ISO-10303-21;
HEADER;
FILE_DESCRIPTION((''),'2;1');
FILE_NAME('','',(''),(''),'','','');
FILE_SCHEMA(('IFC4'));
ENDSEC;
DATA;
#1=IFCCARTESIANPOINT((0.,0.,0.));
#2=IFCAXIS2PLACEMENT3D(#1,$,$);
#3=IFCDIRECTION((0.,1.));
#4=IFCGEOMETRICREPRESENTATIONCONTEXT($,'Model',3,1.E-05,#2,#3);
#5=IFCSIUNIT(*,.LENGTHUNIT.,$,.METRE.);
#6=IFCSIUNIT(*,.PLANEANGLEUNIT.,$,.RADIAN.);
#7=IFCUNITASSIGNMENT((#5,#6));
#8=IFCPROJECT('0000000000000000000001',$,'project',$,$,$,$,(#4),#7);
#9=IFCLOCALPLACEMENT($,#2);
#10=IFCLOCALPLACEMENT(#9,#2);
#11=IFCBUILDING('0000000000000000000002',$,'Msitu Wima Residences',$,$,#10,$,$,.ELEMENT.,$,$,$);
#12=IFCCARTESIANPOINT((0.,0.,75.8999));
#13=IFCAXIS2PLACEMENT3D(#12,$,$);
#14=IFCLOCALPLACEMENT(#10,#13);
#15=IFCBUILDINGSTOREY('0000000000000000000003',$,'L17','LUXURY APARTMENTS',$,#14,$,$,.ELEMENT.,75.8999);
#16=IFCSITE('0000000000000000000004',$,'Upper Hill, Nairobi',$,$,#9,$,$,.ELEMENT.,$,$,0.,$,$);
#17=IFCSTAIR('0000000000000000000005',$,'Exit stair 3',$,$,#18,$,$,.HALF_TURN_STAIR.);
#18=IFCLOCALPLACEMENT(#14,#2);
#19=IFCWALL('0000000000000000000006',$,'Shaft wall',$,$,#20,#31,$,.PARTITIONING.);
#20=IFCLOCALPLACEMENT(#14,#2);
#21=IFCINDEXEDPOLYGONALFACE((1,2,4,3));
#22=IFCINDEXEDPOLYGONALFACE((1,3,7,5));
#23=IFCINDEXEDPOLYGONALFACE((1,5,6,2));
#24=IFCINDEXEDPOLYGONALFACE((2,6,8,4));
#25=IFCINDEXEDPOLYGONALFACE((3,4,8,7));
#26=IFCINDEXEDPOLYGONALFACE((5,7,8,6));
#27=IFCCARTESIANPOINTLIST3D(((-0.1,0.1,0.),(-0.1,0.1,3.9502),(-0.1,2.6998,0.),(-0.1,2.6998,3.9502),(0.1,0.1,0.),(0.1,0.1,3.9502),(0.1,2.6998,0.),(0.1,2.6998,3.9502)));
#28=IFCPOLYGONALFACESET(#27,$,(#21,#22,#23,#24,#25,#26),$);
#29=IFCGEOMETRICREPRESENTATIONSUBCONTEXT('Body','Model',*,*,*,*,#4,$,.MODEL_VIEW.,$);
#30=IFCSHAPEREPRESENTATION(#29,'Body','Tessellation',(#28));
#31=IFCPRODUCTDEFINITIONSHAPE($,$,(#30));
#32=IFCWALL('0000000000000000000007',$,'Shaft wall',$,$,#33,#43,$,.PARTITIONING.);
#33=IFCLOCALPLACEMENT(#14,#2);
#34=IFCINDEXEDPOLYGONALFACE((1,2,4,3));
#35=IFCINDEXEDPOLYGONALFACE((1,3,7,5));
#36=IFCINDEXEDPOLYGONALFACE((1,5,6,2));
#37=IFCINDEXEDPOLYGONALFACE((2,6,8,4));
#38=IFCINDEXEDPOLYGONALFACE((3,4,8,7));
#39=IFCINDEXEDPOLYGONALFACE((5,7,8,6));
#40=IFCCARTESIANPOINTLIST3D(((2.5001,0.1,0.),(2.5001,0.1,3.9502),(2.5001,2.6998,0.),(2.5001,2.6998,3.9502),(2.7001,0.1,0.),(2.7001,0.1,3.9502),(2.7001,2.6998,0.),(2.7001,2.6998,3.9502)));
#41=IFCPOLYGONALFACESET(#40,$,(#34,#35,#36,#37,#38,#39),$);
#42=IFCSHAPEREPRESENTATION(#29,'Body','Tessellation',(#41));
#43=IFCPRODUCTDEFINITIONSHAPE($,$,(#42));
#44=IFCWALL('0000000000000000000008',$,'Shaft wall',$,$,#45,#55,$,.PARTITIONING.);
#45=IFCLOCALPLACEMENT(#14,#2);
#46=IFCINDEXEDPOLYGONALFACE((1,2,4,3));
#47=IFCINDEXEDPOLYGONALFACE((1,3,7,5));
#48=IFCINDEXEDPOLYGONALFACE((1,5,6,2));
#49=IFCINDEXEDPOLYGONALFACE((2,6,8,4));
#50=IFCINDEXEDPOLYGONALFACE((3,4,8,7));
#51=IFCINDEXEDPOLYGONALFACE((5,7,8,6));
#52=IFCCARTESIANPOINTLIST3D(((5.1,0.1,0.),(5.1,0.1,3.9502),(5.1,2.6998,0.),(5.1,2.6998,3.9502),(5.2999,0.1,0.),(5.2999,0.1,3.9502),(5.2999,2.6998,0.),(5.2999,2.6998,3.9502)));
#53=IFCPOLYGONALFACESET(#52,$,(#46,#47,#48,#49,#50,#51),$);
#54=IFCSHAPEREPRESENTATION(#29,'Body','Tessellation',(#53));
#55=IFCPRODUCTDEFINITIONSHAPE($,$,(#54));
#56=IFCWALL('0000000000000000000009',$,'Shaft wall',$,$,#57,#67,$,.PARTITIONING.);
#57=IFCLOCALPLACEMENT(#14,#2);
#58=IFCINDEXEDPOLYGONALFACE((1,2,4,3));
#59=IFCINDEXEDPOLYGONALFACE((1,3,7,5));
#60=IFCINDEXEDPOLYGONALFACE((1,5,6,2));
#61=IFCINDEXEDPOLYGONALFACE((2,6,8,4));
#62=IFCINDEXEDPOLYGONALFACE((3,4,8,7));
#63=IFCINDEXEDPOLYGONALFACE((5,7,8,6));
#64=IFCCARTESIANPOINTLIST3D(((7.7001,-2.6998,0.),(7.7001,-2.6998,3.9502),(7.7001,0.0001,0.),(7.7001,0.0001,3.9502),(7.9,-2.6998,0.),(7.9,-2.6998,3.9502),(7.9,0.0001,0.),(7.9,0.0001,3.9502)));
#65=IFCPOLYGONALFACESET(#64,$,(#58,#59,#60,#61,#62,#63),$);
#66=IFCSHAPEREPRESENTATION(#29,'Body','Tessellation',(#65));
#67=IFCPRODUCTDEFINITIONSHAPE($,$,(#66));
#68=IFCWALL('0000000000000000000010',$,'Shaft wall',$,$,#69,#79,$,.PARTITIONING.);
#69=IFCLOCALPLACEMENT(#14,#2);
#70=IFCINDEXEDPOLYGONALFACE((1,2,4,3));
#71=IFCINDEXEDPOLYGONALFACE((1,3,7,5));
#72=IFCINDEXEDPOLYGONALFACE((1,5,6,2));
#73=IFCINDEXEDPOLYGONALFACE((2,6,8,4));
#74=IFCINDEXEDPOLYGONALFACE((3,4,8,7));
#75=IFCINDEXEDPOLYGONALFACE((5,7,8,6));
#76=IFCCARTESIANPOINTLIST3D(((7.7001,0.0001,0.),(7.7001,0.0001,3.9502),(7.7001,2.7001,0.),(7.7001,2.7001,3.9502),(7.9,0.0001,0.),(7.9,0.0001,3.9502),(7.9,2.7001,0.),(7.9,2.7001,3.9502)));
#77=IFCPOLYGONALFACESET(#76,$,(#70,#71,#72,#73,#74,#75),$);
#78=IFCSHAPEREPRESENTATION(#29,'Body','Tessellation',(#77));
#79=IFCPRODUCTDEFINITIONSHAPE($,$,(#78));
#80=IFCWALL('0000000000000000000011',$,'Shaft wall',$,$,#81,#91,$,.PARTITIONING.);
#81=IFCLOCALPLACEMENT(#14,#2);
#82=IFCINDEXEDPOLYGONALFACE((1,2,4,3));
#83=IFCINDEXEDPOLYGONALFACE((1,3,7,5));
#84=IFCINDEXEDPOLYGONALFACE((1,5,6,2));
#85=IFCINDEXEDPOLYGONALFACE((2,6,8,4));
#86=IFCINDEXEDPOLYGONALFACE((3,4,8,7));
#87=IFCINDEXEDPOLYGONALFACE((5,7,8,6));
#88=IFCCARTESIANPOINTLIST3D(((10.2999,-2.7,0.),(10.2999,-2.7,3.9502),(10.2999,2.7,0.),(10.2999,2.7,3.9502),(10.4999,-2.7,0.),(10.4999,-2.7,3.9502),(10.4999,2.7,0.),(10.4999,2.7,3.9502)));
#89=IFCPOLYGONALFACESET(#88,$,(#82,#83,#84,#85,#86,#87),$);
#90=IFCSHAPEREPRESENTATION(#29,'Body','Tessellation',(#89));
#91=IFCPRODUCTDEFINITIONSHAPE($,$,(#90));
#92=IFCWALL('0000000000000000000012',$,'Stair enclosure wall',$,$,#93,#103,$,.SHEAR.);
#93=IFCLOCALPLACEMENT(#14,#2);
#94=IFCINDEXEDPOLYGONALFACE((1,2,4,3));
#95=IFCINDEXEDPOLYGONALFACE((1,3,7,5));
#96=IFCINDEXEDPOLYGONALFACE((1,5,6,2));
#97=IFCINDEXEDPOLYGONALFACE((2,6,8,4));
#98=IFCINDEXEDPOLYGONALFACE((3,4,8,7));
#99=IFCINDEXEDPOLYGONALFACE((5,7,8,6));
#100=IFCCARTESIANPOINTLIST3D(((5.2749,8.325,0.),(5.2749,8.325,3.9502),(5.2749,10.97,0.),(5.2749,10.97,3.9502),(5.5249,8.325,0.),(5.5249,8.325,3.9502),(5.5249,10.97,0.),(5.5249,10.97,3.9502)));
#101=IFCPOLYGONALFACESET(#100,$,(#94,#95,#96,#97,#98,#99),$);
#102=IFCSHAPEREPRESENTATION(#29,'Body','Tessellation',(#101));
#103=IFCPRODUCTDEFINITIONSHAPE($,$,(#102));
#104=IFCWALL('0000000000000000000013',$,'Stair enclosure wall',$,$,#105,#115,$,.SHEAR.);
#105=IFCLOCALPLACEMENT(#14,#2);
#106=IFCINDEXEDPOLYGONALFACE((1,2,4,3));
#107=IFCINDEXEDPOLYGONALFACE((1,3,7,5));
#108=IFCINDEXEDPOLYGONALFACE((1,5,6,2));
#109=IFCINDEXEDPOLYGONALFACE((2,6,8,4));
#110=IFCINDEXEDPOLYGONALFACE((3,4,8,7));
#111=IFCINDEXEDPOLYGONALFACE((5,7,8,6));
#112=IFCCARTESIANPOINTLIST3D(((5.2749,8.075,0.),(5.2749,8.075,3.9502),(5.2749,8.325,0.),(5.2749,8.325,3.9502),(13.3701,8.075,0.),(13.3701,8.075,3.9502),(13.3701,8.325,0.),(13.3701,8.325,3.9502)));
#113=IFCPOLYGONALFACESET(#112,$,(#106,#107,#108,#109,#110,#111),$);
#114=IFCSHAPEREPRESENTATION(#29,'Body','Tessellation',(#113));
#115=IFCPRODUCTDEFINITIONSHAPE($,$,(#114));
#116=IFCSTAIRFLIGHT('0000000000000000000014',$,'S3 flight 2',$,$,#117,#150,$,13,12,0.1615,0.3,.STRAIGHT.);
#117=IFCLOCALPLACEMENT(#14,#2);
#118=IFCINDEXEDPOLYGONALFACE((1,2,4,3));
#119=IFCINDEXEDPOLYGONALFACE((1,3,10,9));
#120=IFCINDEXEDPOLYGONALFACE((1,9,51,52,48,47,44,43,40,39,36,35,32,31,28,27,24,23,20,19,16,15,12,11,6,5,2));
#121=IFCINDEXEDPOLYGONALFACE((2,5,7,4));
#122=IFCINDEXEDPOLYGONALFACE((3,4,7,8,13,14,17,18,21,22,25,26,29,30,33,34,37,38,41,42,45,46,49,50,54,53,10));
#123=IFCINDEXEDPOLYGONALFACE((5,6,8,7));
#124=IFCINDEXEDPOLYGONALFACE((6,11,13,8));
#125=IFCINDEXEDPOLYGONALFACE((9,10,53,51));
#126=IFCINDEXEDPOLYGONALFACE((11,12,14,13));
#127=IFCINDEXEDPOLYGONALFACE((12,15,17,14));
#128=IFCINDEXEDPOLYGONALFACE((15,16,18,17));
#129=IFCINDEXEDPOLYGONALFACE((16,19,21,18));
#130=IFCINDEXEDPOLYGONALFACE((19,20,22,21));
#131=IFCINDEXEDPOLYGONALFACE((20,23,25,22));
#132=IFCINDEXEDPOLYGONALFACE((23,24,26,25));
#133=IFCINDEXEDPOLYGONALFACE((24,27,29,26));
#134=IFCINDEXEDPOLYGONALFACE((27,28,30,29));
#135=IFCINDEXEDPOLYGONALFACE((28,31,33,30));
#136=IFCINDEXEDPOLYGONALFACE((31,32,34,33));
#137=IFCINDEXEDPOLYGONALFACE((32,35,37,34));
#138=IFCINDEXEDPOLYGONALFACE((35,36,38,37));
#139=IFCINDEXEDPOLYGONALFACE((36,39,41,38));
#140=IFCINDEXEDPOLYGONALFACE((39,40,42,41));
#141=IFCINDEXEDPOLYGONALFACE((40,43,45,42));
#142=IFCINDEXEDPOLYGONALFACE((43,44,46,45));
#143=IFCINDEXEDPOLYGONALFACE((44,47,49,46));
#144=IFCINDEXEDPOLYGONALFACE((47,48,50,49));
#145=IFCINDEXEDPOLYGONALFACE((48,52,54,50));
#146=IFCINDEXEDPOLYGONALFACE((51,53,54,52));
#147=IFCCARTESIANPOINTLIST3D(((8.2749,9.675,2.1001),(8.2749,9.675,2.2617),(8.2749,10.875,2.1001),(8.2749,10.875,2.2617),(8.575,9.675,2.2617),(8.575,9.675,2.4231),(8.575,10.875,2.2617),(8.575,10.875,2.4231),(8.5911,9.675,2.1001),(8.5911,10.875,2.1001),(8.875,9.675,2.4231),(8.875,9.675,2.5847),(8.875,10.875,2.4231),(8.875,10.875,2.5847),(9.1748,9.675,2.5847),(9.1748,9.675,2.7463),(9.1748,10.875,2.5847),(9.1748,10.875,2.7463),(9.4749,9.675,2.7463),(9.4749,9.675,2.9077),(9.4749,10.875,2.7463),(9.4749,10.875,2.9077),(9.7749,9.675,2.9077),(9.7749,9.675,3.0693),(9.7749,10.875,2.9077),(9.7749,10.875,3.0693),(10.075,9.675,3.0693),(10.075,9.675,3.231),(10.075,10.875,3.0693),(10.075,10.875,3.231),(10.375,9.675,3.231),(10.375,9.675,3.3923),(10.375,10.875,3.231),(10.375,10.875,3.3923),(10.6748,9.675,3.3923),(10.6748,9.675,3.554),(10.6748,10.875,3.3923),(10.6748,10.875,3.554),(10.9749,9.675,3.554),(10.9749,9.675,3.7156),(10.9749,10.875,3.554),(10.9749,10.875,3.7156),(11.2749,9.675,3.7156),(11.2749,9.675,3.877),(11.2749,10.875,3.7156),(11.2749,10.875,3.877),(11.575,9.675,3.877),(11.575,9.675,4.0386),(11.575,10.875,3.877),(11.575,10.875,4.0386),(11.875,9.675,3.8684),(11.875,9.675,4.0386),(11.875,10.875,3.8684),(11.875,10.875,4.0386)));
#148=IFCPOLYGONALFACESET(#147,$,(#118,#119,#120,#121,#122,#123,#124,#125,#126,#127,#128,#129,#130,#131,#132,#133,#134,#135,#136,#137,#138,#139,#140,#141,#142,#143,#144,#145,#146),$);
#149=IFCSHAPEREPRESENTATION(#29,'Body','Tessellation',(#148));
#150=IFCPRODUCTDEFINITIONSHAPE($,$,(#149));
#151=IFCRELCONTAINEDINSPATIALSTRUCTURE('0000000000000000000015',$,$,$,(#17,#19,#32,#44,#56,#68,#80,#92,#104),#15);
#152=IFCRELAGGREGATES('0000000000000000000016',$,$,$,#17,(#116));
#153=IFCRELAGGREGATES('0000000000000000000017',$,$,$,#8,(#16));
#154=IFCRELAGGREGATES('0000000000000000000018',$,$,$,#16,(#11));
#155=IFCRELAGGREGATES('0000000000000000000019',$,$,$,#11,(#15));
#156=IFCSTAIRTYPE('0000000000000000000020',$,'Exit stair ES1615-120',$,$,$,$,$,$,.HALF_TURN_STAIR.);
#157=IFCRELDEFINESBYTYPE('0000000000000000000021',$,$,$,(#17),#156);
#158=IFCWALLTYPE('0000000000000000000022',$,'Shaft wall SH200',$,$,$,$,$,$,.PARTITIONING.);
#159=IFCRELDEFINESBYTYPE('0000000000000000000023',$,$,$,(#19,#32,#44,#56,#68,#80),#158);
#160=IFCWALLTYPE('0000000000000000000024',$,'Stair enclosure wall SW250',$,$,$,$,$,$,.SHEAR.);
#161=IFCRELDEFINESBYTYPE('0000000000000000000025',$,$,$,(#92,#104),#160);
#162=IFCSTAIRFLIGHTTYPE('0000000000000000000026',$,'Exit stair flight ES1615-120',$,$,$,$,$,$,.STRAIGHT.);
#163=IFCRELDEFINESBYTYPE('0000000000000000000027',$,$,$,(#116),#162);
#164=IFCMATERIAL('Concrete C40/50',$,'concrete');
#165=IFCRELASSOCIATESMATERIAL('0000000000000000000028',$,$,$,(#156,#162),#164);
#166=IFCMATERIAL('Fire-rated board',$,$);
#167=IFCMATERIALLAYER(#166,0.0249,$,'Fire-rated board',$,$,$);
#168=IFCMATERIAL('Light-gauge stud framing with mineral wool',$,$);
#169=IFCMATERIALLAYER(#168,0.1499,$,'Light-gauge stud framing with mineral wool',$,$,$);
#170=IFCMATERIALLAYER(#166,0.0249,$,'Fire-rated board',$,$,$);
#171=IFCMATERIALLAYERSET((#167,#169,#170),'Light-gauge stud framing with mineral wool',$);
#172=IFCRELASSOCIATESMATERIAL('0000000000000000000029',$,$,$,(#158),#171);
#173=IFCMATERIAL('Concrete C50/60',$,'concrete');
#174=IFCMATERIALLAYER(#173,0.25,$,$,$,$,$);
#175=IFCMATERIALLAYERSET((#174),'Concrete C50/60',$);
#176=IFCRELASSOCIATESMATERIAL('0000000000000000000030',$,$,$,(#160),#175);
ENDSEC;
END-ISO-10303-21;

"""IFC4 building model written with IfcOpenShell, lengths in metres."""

from ifc_helpers import new_model, si_unit, direction, frame, frame_2d, origin, place, context, subcontext, project, spatial, polyline, rectangle, outline, extrude, material, layer, layer_set, type_object, element, aggregate, save


model = new_model("IFC4")

# Units and contexts
model_context = context("Model", 3, precision=1e-05, world=origin(), true_north=direction((0.0, 1.0)))
body_context = subcontext(model_context, "Body", "Model", "MODEL_VIEW")
ifc_project = project(units=[si_unit("LENGTHUNIT", "METRE"), si_unit("PLANEANGLEUNIT", "RADIAN")], contexts=[model_context])

# Site, building, storey
site_placement = place(None, origin())
site = spatial("IfcSite", under=ifc_project, at=site_placement, Name="Upper Hill, Nairobi", CompositionType="ELEMENT", RefElevation=0.0)
building_placement = place(site_placement, origin())
building = spatial("IfcBuilding", under=site, at=building_placement, Name="Msitu Wima Residences", CompositionType="ELEMENT")
storey_placement = place(building_placement, frame((0.0, 0.0, 75.8999)))
storey = spatial("IfcBuildingStorey", under=building, at=storey_placement, Name="L17", Description="LUXURY APARTMENTS", CompositionType="ELEMENT", Elevation=75.8999)

# Shared definitions
ifc_material_1 = material(Name="Concrete C40/50", Category="concrete")

# Stair
stair_type = type_object("IfcStairType", Name="Exit stair ES1615-120", PredefinedType="HALF_TURN_STAIR", material=ifc_material_1)
stair_1_placement = place(storey_placement, origin())
stair_1 = element("IfcStair", 1, at=stair_1_placement, inside=storey, type_object=stair_type, Name="Exit stair 3", PredefinedType="HALF_TURN_STAIR")

# Walls
ifc_material_2 = material(Name="Fire-rated board")
ifc_layer_1 = layer(ifc_material_2, 0.0249, Name="Fire-rated board")
ifc_material_3 = material(Name="Light-gauge stud framing with mineral wool")
ifc_layer_2 = layer(ifc_material_3, 0.1499, Name="Light-gauge stud framing with mineral wool")
ifc_layer_3 = layer(ifc_material_2, 0.0249, Name="Fire-rated board")
ifc_layer_set_1 = layer_set([ifc_layer_1, ifc_layer_2, ifc_layer_3], Name="Light-gauge stud framing with mineral wool")
wall_type_1 = type_object("IfcWallType", Name="Shaft wall SH200", PredefinedType="PARTITIONING", material=ifc_layer_set_1)
for number, where, z_axis, x_axis, name in (
    (2, (0.0, 0.1001, 0.0), (0.0, 0.0, 1.0), (0.0, 1.0, 0.0), "Shaft wall"),
    (3, (2.6001, 0.1001, 0.0), (0.0, 0.0, 1.0), (0.0, 1.0, 0.0), "Shaft wall"),
    (4, (5.2, 0.1001, 0.0), (0.0, 0.0, 1.0), (0.0, 1.0, 0.0), "Shaft wall"),
):
    element("IfcWall", number, at=place(storey_placement, frame(where, z_axis=z_axis, x_axis=x_axis)), inside=storey, type_object=wall_type_1, Name=name, PredefinedType="PARTITIONING", context=body_context, shape_type="SweptSolid", body=[
        extrude(rectangle(XDim=2.5999, YDim=0.2, at=frame_2d((1.2998, 0.0))), origin(), (0.0, 0.0, 1.0), 3.9502),
    ])
for number, where, z_axis, x_axis, name in (
    (5, (7.8, -2.7, 0.0), (0.0, 0.0, 1.0), (0.0, 1.0, 0.0), "Shaft wall"),
    (6, (7.8, 0.0, 0.0), (0.0, 0.0, 1.0), (0.0, 1.0, 0.0), "Shaft wall"),
):
    element("IfcWall", number, at=place(storey_placement, frame(where, z_axis=z_axis, x_axis=x_axis)), inside=storey, type_object=wall_type_1, Name=name, PredefinedType="PARTITIONING", context=body_context, shape_type="SweptSolid", body=[
        extrude(rectangle(XDim=2.7, YDim=0.2, at=frame_2d((1.3501, 0.0))), origin(), (0.0, 0.0, 1.0), 3.9502),
    ])
wall_1_placement = place(storey_placement, frame((10.3999, -2.7, 0.0), z_axis=(0.0, 0.0, 1.0), x_axis=(0.0, 1.0, 0.0)))
element("IfcWall", 7, at=wall_1_placement, inside=storey, type_object=wall_type_1, Name="Shaft wall", PredefinedType="PARTITIONING", context=body_context, shape_type="SweptSolid", body=[
    extrude(rectangle(XDim=5.3999, YDim=0.2, at=frame_2d((2.7, 0.0))), origin(), (0.0, 0.0, 1.0), 3.9502),
])
ifc_material_4 = material(Name="Concrete C50/60", Category="concrete")
ifc_layer_4 = layer(ifc_material_4, 0.25)
ifc_layer_set_2 = layer_set([ifc_layer_4], Name="Concrete C50/60")
wall_type_2 = type_object("IfcWallType", Name="Stair enclosure wall SW250", PredefinedType="SHEAR", material=ifc_layer_set_2)
wall_2_placement = place(storey_placement, frame((5.3999, 8.325, 0.0), z_axis=(0.0, 0.0, 1.0), x_axis=(0.0, 1.0, 0.0)))
element("IfcWall", 8, at=wall_2_placement, inside=storey, type_object=wall_type_2, Name="Stair enclosure wall", PredefinedType="SHEAR", context=body_context, shape_type="SweptSolid", body=[
    extrude(rectangle(XDim=2.645, YDim=0.25, at=frame_2d((1.3225, 0.0))), origin(), (0.0, 0.0, 1.0), 3.9502),
])
wall_3_placement = place(storey_placement, frame((5.2749, 8.2, 0.0), z_axis=(0.0, 0.0, 1.0), x_axis=(1.0, 0.0, 0.0)))
element("IfcWall", 9, at=wall_3_placement, inside=storey, type_object=wall_type_2, Name="Stair enclosure wall", PredefinedType="SHEAR", context=body_context, shape_type="SweptSolid", body=[
    extrude(rectangle(XDim=8.0952, YDim=0.25, at=frame_2d((4.0476, 0.0))), origin(), (0.0, 0.0, 1.0), 3.9502),
])

# Stair flight
stair_flight_type = type_object("IfcStairFlightType", Name="Exit stair flight ES1615-120", PredefinedType="STRAIGHT", material=ifc_material_1)
stair_flight_placement = place(storey_placement, frame((8.2749, 10.2749, 2.1001), z_axis=(0.0, 0.0, 1.0), x_axis=(1.0, 0.0, 0.0)))
stair_flight = element("IfcStairFlight", 10, at=stair_flight_placement, type_object=stair_flight_type, Name="S3 flight 2", NumberOfRisers=13, NumberOfTreads=12, PredefinedType="STRAIGHT", RiserHeight=0.1615, TreadLength=0.3, context=body_context, shape_type="SweptSolid", body=[
    extrude(outline(polyline([(0.0, 0.0), (0.0, 0.1616), (0.3, 0.1616), (0.3, 0.323), (0.6001, 0.323), (0.6001, 0.4846), (0.8999, 0.4846), (0.8999, 0.6462), (1.2, 0.6462), (1.2, 0.8076), (1.5, 0.8076), (1.5, 0.9692), (1.8, 0.9692), (1.8, 1.1309), (2.1001, 1.1309), (2.1001, 1.2922), (2.3999, 1.2922), (2.3999, 1.4539), (2.7, 1.4539), (2.7, 1.6155), (3.0, 1.6155), (3.0, 1.7769), (3.3, 1.7769), (3.3, 1.9385), (3.6001, 1.9385), (3.6001, 2.1001), (3.6001, 1.7683), (0.3162, 0.0), (0.0, 0.0)])), frame((0.0, 0.6001, 0.0), z_axis=(0.0, -1.0, 0.0), x_axis=(1.0, 0.0, 0.0)), (0.0, 0.0, 1.0), 1.2),
])
aggregate(stair_1, [stair_flight])

save(model, "model.ifc")
